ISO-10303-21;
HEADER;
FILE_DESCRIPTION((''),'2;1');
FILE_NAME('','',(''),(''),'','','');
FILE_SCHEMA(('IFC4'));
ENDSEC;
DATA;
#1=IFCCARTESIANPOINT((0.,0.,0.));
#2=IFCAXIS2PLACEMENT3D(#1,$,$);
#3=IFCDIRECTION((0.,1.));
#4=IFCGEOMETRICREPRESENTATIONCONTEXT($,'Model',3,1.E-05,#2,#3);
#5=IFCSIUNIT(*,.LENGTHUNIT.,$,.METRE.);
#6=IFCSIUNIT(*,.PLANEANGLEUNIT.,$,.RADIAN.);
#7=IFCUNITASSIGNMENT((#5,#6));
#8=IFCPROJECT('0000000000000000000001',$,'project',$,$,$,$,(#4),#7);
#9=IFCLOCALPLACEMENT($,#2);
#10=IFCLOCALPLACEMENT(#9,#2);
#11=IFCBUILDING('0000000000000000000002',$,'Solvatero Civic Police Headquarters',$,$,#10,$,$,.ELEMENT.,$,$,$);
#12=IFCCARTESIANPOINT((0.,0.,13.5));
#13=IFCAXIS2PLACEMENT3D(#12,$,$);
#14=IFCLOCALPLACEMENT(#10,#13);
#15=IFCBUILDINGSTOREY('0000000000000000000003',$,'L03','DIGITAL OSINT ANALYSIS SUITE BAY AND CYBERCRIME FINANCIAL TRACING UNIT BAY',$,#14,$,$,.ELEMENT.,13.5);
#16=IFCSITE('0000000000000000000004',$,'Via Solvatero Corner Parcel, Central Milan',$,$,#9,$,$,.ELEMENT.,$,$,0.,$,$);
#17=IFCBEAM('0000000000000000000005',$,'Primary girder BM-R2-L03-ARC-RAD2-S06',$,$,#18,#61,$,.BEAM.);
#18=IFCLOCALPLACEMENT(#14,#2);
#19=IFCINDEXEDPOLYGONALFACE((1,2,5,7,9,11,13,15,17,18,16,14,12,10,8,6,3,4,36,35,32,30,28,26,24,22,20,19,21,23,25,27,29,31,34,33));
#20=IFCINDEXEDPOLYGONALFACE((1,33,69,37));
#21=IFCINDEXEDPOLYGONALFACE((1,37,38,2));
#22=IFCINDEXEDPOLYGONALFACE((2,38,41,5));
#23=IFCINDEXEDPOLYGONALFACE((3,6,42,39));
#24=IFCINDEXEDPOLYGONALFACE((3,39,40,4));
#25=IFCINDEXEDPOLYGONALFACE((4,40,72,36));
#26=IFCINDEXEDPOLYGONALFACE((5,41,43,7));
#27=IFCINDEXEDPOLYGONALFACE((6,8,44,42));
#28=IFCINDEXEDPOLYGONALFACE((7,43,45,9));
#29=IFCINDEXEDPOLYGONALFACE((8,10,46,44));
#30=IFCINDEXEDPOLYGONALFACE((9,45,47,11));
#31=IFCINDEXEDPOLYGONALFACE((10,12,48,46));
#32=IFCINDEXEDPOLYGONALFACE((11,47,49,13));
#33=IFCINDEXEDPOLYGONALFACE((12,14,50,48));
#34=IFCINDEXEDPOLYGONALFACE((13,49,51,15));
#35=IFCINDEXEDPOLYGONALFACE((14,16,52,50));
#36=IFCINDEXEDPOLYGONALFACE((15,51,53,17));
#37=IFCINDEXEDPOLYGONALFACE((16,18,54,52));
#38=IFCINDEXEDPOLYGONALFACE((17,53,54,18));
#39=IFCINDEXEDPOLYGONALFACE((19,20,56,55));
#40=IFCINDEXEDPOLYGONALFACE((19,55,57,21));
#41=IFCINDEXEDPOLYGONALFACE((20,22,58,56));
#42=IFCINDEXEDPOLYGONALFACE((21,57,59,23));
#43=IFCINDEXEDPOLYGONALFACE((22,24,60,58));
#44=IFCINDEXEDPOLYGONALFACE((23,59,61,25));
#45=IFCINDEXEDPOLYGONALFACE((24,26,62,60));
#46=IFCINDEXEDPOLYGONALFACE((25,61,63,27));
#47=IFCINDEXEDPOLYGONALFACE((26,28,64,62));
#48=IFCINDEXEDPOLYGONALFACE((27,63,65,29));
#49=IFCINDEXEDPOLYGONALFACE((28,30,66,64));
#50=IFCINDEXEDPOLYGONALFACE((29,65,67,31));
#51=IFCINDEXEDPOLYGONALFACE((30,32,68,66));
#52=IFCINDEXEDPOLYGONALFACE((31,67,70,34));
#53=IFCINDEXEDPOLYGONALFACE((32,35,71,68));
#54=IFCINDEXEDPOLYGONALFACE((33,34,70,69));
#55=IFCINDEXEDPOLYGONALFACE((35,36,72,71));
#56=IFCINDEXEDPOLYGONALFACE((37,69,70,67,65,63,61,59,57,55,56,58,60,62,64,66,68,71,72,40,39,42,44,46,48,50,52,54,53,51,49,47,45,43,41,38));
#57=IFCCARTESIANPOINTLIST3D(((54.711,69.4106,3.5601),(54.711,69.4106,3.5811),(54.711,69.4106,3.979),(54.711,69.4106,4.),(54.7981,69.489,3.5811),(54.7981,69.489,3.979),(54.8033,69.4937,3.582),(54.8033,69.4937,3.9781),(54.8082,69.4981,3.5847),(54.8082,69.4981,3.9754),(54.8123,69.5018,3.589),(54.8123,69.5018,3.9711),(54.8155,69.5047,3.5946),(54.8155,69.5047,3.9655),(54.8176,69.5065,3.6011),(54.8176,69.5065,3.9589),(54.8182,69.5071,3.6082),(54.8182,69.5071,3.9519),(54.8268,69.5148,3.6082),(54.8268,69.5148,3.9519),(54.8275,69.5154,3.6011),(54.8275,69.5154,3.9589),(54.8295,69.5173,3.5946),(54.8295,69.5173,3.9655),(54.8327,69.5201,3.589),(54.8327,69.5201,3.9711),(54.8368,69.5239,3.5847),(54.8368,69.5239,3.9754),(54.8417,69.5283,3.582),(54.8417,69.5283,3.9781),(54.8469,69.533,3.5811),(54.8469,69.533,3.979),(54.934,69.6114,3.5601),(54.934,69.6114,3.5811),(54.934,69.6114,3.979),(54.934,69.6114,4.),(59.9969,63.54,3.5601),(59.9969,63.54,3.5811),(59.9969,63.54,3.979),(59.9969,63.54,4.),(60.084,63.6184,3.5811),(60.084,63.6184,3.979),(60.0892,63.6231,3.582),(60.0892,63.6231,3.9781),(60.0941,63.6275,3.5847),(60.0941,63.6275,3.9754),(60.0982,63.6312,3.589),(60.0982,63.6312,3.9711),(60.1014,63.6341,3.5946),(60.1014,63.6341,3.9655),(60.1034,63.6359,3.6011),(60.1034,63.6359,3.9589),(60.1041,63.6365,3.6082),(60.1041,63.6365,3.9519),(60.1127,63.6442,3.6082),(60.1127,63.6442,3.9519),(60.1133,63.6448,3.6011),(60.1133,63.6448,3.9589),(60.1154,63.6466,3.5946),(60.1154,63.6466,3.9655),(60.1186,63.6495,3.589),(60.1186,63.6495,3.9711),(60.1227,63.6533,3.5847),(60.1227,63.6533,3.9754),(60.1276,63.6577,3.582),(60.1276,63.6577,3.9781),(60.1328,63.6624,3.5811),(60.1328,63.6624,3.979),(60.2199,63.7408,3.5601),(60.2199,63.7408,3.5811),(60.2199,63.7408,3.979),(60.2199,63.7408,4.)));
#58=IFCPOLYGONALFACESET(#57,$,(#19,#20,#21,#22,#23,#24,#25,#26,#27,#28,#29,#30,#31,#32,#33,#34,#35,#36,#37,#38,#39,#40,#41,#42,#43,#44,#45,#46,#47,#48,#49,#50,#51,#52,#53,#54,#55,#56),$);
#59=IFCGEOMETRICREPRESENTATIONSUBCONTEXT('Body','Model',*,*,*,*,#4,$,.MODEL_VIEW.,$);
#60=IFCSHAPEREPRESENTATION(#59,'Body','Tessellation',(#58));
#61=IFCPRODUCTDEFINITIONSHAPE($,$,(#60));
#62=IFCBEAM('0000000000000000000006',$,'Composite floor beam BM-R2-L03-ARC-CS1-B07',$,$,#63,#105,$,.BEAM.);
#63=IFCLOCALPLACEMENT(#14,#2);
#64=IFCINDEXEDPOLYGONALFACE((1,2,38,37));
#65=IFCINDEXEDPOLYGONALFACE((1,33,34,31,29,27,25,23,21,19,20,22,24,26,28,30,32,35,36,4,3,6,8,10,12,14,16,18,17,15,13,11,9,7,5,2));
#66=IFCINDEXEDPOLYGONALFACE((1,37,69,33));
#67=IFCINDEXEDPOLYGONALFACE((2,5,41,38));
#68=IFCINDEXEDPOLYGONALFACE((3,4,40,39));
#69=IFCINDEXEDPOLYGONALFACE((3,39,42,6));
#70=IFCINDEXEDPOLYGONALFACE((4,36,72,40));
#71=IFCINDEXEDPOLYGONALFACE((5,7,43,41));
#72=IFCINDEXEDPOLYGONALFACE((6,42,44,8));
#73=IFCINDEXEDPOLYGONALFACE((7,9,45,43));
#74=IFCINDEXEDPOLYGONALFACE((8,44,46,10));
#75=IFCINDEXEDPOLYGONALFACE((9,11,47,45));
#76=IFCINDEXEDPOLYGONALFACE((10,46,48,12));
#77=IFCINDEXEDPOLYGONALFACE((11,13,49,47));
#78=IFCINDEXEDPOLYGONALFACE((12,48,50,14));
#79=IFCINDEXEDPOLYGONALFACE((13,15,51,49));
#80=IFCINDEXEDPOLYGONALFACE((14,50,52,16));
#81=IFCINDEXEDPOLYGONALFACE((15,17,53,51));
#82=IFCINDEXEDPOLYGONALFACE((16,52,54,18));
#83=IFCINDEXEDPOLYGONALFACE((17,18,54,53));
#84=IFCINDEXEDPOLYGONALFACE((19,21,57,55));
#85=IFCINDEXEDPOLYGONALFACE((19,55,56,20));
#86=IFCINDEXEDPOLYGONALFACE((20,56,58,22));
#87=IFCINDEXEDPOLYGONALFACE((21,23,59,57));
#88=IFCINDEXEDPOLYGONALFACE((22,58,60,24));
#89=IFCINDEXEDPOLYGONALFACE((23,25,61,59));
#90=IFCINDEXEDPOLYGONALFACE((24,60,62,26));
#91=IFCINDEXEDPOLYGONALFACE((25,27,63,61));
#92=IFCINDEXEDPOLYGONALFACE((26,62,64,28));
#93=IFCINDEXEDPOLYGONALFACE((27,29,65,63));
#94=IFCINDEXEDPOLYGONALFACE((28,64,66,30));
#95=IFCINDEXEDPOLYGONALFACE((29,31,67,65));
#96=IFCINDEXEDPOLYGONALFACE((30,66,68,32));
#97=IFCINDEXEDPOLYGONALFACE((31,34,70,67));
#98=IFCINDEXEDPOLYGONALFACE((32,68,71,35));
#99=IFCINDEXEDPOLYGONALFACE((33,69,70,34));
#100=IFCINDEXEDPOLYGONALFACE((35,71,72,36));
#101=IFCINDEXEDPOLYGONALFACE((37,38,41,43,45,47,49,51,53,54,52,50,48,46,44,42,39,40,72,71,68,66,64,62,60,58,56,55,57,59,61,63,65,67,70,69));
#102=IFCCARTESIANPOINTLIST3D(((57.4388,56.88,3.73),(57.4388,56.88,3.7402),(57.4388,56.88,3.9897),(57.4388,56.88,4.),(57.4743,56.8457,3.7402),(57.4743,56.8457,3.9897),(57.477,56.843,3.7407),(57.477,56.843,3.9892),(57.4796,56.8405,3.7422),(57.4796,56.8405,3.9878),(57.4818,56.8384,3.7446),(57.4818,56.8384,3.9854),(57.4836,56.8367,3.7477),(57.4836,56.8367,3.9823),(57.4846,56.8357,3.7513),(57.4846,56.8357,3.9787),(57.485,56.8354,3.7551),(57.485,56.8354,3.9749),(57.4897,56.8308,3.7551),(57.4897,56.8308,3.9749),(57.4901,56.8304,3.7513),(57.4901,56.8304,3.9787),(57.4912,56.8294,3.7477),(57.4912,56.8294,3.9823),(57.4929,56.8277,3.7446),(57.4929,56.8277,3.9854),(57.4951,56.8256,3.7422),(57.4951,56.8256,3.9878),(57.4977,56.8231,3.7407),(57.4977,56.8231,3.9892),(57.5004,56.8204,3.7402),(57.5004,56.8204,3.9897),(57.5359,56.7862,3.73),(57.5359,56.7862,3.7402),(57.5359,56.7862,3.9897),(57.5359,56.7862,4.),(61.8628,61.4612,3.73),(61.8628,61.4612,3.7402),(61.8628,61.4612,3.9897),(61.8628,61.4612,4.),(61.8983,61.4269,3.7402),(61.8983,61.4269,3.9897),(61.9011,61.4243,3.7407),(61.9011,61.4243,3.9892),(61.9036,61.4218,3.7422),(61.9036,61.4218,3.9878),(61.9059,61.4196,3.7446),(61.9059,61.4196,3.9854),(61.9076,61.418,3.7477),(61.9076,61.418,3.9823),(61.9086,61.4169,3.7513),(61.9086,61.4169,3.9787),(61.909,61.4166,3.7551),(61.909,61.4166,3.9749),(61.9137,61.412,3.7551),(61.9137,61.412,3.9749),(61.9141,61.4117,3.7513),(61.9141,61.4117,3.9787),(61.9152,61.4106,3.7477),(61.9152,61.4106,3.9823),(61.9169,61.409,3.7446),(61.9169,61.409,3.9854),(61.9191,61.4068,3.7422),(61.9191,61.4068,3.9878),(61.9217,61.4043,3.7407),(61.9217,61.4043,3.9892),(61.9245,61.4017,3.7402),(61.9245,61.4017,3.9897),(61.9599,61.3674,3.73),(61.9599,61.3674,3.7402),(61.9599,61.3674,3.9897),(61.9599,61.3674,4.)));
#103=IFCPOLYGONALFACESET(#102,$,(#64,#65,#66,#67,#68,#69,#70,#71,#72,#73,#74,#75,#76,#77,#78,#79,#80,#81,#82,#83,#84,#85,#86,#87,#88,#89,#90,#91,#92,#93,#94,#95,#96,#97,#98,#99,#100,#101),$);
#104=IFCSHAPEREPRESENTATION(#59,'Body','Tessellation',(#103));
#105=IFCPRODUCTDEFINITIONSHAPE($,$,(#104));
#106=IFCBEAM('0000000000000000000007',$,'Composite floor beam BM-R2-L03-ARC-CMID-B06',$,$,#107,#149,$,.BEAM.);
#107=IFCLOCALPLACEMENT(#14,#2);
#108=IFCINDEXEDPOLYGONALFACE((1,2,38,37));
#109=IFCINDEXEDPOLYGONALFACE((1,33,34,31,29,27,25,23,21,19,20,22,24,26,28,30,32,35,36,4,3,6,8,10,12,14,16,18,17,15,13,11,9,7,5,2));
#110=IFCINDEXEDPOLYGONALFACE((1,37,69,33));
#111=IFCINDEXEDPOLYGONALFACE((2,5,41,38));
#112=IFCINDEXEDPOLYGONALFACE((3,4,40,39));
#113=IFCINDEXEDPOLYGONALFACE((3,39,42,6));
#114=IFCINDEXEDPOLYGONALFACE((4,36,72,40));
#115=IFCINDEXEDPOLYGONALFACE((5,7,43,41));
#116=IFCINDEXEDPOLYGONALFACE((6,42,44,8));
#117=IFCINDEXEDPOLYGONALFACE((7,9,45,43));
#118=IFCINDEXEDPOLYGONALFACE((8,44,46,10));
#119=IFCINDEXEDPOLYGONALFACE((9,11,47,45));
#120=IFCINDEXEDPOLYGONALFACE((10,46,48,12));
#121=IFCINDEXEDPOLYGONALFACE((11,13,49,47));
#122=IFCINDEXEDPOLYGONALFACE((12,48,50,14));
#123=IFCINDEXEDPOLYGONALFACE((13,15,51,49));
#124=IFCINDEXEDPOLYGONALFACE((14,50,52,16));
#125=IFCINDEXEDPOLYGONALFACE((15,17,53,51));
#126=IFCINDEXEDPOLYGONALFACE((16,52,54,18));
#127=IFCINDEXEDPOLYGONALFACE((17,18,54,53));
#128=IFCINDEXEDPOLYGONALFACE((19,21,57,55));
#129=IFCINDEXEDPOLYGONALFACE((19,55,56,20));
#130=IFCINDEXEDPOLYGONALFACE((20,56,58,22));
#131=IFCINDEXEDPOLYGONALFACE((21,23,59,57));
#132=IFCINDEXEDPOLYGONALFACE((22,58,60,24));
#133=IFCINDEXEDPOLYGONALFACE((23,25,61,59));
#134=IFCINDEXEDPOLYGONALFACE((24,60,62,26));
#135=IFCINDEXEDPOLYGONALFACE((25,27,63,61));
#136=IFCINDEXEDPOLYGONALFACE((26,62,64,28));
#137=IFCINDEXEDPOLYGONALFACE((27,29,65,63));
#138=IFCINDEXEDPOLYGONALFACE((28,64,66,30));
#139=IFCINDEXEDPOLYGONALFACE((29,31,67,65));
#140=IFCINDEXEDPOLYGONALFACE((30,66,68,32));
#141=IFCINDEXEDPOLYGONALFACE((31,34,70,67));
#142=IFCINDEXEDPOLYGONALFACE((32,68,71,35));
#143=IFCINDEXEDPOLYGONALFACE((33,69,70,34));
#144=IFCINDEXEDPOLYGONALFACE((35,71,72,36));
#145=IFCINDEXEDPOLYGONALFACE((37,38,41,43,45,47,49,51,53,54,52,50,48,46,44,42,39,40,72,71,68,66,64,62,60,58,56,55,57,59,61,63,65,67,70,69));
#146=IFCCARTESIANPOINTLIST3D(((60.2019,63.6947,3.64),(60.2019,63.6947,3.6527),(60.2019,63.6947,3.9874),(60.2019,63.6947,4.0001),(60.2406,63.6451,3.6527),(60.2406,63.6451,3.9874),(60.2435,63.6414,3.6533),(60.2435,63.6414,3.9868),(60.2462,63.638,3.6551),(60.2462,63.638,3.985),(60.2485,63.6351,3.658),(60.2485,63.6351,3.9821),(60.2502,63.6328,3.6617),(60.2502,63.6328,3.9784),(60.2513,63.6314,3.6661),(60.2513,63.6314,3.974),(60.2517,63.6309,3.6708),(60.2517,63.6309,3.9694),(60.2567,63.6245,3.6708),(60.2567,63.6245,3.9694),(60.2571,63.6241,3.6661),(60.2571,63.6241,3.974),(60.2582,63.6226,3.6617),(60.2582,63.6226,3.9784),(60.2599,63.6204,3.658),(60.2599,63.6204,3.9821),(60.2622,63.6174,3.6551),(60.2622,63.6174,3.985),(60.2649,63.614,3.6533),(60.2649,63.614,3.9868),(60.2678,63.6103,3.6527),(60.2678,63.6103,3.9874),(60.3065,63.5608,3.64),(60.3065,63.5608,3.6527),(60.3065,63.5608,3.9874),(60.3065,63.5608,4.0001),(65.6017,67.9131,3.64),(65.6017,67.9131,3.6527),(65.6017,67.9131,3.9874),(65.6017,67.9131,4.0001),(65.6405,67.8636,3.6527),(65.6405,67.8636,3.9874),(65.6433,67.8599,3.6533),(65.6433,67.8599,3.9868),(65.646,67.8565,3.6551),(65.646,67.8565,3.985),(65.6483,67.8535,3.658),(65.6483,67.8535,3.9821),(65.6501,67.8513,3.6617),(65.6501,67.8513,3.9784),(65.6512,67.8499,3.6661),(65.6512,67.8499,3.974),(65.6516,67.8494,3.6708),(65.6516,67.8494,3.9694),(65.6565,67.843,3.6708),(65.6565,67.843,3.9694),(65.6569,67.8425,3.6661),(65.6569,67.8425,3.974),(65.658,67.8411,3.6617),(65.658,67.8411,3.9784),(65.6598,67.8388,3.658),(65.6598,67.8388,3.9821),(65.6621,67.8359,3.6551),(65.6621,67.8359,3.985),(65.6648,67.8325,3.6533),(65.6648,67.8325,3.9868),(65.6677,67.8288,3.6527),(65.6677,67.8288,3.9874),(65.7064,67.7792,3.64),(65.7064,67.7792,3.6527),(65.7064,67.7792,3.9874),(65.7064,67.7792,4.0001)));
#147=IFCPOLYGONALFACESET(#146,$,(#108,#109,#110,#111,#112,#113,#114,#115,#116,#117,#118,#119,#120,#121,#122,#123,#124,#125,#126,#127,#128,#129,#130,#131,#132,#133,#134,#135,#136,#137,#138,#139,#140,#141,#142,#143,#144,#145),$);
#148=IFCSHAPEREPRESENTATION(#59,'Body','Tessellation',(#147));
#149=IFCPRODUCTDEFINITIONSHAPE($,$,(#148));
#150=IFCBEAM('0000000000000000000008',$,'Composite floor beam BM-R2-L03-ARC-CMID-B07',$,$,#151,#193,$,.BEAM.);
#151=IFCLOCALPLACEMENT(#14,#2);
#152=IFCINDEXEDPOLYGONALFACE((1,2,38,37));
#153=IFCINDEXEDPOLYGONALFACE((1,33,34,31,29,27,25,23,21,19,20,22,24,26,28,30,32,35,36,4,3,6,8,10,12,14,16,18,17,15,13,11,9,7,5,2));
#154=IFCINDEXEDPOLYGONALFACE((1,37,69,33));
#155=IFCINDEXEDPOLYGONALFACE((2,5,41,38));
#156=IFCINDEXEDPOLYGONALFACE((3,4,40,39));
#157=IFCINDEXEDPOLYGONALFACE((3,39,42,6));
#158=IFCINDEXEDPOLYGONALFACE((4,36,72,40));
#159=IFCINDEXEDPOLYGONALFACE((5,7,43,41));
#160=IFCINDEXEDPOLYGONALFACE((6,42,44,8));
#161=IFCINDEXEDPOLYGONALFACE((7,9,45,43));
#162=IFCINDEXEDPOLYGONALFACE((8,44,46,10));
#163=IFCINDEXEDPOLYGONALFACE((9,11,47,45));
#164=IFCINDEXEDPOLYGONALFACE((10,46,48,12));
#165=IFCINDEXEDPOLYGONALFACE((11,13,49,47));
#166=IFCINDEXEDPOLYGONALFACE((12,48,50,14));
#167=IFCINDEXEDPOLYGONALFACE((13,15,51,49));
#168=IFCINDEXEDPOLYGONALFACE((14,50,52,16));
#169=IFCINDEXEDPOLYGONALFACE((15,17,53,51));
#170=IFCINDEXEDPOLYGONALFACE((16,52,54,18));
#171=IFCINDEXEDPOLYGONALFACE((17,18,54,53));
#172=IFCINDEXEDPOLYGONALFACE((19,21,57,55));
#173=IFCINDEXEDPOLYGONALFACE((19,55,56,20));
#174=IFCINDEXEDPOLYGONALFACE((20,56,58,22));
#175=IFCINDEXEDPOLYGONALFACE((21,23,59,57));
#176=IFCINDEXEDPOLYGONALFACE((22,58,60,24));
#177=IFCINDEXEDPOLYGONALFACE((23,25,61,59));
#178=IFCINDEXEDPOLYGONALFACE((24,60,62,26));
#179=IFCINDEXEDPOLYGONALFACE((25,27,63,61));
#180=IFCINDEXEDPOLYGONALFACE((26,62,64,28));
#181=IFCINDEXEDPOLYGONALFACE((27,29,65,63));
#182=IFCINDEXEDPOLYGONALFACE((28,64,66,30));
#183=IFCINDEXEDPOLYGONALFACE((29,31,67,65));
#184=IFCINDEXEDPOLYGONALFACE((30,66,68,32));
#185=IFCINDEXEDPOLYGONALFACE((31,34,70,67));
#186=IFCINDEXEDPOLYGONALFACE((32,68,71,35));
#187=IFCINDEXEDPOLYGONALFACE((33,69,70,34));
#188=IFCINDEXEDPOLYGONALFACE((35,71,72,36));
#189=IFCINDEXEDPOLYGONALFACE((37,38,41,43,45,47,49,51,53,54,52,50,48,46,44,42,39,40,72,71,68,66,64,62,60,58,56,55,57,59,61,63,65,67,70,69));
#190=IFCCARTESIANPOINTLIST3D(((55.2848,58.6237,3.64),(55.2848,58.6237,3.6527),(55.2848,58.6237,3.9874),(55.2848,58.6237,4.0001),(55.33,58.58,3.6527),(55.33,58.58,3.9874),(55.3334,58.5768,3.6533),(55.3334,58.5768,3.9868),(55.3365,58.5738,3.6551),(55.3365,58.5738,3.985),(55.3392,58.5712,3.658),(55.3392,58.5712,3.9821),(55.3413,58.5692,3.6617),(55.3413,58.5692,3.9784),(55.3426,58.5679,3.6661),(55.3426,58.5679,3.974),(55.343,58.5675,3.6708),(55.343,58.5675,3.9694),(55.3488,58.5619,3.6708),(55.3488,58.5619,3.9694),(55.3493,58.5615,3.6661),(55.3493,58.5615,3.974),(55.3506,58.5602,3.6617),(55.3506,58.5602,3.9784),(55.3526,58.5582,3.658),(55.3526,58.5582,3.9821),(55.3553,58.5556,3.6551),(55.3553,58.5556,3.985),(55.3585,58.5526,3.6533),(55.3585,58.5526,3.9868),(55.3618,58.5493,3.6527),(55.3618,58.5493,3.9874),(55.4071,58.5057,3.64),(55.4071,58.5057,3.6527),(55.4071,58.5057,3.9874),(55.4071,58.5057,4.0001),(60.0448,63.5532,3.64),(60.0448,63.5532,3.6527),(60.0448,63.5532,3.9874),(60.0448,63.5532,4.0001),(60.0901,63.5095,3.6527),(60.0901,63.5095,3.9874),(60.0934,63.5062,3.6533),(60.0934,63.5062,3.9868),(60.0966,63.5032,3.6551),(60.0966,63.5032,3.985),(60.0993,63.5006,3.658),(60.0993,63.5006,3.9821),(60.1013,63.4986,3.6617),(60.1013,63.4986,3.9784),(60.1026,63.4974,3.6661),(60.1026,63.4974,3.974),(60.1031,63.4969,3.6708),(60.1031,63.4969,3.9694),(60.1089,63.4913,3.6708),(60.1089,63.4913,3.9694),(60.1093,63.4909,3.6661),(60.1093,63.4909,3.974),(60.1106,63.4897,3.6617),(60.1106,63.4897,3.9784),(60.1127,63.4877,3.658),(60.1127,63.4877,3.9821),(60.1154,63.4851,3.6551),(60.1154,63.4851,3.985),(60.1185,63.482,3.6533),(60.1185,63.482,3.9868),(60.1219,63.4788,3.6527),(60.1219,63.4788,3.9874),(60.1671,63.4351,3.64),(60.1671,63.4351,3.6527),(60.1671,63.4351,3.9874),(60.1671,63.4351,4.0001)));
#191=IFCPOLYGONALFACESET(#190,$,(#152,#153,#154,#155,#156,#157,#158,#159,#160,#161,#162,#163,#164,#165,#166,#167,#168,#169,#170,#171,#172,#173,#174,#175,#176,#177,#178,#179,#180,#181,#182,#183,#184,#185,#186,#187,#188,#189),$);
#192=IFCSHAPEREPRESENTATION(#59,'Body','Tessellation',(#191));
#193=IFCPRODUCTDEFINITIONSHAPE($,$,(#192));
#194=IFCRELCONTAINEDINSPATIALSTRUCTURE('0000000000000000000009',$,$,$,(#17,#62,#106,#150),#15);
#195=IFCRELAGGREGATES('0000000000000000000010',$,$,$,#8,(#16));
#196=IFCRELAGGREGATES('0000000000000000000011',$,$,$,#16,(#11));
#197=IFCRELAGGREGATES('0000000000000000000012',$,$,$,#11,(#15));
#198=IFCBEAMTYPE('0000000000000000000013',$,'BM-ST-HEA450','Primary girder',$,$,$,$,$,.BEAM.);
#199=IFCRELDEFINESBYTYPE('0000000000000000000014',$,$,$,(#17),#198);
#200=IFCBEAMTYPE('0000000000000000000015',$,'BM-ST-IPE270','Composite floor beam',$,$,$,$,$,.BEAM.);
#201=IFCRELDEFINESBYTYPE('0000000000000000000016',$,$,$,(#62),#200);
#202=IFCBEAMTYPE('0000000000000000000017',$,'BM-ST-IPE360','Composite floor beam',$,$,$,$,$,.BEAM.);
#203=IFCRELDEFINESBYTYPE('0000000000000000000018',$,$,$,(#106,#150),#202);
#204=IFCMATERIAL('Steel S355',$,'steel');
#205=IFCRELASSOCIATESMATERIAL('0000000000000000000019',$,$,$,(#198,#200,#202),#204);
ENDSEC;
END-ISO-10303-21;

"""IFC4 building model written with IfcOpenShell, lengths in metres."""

from ifc_helpers import new_model, si_unit, direction, frame, origin, origin_2d, place, context, subcontext, project, spatial, i_section, extrude, material, material_profile, profile_set, type_object, element, save


model = new_model("IFC4")

# Units and contexts
model_context = context("Model", 3, precision=1e-05, world=origin(), true_north=direction((0.0, 1.0)))
body_context = subcontext(model_context, "Body", "Model", "MODEL_VIEW")
ifc_project = project(units=[si_unit("LENGTHUNIT", "METRE"), si_unit("PLANEANGLEUNIT", "RADIAN")], contexts=[model_context])

# Site, building, storey
site_placement = place(None, origin())
site = spatial("IfcSite", under=ifc_project, at=site_placement, Name="Via Solvatero Corner Parcel, Central Milan", CompositionType="ELEMENT", RefElevation=0.0)
building_placement = place(site_placement, origin())
building = spatial("IfcBuilding", under=site, at=building_placement, Name="Solvatero Civic Police Headquarters", CompositionType="ELEMENT")
storey_placement = place(building_placement, frame((0.0, 0.0, 13.5)))
storey = spatial("IfcBuildingStorey", under=building, at=storey_placement, Name="L03", Description="DIGITAL OSINT ANALYSIS SUITE BAY AND CYBERCRIME FINANCIAL TRACING UNIT BAY", CompositionType="ELEMENT", Elevation=13.5)

# Shared definitions
ifc_material_1 = material(Name="Steel S355", Category="steel")

# Beams
ifc_material_profile_1 = material_profile(ifc_material_1, i_section(OverallWidth=0.3, OverallDepth=0.4399, WebThickness=0.0115, FlangeThickness=0.021, FilletRadius=0.0271, at=origin_2d()), Name="HEA 450")
ifc_profile_set_1 = profile_set([ifc_material_profile_1], Name="Steel S355")
beam_type_1 = type_object("IfcBeamType", Name="BM-ST-HEA450", Description="Primary girder", PredefinedType="BEAM", material=ifc_profile_set_1)
beam_1_placement = place(storey_placement, frame((60.1084, 63.6404, 3.78), z_axis=(-0.669129, 0.743147, 0.0), x_axis=(-0.743147, -0.669129, 0.0)))
element("IfcBeam", 1, at=beam_1_placement, inside=storey, type_object=beam_type_1, Name="Primary girder BM-R2-L03-ARC-RAD2-S06", PredefinedType="BEAM", context=body_context, shape_type="SweptSolid", body=[
    extrude(i_section(OverallWidth=0.3, OverallDepth=0.4399, WebThickness=0.0115, FlangeThickness=0.021, FilletRadius=0.0271, at=origin_2d()), origin(), (0.0, 0.0, 1.0), 7.8997),
])
ifc_material_profile_2 = material_profile(ifc_material_1, i_section(OverallWidth=0.135, OverallDepth=0.27, WebThickness=0.0066, FlangeThickness=0.0103, FilletRadius=0.0149, at=origin_2d()), Name="IPE 270")
ifc_profile_set_2 = profile_set([ifc_material_profile_2], Name="Steel S355")
beam_type_2 = type_object("IfcBeamType", Name="BM-ST-IPE270", Description="Composite floor beam", PredefinedType="BEAM", material=ifc_profile_set_2)
beam_2_placement = place(storey_placement, frame((61.9114, 61.4143, 3.865), z_axis=(-0.694655, -0.719343, 0.0), x_axis=(0.719343, -0.694655, 0.0)))
element("IfcBeam", 2, at=beam_2_placement, inside=storey, type_object=beam_type_2, Name="Composite floor beam BM-R2-L03-ARC-CS1-B07", PredefinedType="BEAM", context=body_context, shape_type="SweptSolid", body=[
    extrude(i_section(OverallWidth=0.135, OverallDepth=0.27, WebThickness=0.0066, FlangeThickness=0.0103, FilletRadius=0.0149, at=origin_2d()), origin(), (0.0, 0.0, 1.0), 6.3687),
])
ifc_material_profile_3 = material_profile(ifc_material_1, i_section(OverallWidth=0.1699, OverallDepth=0.3601, WebThickness=0.0081, FlangeThickness=0.0127, FilletRadius=0.0181, at=origin_2d()), Name="IPE 360")
ifc_profile_set_3 = profile_set([ifc_material_profile_3], Name="Steel S355")
beam_type_3 = type_object("IfcBeamType", Name="BM-ST-IPE360", Description="Composite floor beam", PredefinedType="BEAM", material=ifc_profile_set_3)
beam_3_placement = place(storey_placement, frame((65.6541, 67.8462, 3.8201), z_axis=(-0.788036, -0.615629, 0.0), x_axis=(0.615629, -0.788036, 0.0)))
element("IfcBeam", 3, at=beam_3_placement, inside=storey, type_object=beam_type_3, Name="Composite floor beam BM-R2-L03-ARC-CMID-B06", PredefinedType="BEAM", context=body_context, shape_type="SweptSolid", body=[
    extrude(i_section(OverallWidth=0.1699, OverallDepth=0.3601, WebThickness=0.0081, FlangeThickness=0.0127, FilletRadius=0.0181, at=origin_2d()), origin(), (0.0, 0.0, 1.0), 6.8523),
])
beam_4_placement = place(storey_placement, frame((60.106, 63.4941, 3.8201), z_axis=(-0.694636, -0.719362, 0.0), x_axis=(0.719362, -0.694636, 0.0)))
element("IfcBeam", 4, at=beam_4_placement, inside=storey, type_object=beam_type_3, Name="Composite floor beam BM-R2-L03-ARC-CMID-B07", PredefinedType="BEAM", context=body_context, shape_type="SweptSolid", body=[
    extrude(i_section(OverallWidth=0.1699, OverallDepth=0.3601, WebThickness=0.0081, FlangeThickness=0.0127, FilletRadius=0.0181, at=origin_2d()), origin(), (0.0, 0.0, 1.0), 6.8525),
])

save(model, "model.ifc")
